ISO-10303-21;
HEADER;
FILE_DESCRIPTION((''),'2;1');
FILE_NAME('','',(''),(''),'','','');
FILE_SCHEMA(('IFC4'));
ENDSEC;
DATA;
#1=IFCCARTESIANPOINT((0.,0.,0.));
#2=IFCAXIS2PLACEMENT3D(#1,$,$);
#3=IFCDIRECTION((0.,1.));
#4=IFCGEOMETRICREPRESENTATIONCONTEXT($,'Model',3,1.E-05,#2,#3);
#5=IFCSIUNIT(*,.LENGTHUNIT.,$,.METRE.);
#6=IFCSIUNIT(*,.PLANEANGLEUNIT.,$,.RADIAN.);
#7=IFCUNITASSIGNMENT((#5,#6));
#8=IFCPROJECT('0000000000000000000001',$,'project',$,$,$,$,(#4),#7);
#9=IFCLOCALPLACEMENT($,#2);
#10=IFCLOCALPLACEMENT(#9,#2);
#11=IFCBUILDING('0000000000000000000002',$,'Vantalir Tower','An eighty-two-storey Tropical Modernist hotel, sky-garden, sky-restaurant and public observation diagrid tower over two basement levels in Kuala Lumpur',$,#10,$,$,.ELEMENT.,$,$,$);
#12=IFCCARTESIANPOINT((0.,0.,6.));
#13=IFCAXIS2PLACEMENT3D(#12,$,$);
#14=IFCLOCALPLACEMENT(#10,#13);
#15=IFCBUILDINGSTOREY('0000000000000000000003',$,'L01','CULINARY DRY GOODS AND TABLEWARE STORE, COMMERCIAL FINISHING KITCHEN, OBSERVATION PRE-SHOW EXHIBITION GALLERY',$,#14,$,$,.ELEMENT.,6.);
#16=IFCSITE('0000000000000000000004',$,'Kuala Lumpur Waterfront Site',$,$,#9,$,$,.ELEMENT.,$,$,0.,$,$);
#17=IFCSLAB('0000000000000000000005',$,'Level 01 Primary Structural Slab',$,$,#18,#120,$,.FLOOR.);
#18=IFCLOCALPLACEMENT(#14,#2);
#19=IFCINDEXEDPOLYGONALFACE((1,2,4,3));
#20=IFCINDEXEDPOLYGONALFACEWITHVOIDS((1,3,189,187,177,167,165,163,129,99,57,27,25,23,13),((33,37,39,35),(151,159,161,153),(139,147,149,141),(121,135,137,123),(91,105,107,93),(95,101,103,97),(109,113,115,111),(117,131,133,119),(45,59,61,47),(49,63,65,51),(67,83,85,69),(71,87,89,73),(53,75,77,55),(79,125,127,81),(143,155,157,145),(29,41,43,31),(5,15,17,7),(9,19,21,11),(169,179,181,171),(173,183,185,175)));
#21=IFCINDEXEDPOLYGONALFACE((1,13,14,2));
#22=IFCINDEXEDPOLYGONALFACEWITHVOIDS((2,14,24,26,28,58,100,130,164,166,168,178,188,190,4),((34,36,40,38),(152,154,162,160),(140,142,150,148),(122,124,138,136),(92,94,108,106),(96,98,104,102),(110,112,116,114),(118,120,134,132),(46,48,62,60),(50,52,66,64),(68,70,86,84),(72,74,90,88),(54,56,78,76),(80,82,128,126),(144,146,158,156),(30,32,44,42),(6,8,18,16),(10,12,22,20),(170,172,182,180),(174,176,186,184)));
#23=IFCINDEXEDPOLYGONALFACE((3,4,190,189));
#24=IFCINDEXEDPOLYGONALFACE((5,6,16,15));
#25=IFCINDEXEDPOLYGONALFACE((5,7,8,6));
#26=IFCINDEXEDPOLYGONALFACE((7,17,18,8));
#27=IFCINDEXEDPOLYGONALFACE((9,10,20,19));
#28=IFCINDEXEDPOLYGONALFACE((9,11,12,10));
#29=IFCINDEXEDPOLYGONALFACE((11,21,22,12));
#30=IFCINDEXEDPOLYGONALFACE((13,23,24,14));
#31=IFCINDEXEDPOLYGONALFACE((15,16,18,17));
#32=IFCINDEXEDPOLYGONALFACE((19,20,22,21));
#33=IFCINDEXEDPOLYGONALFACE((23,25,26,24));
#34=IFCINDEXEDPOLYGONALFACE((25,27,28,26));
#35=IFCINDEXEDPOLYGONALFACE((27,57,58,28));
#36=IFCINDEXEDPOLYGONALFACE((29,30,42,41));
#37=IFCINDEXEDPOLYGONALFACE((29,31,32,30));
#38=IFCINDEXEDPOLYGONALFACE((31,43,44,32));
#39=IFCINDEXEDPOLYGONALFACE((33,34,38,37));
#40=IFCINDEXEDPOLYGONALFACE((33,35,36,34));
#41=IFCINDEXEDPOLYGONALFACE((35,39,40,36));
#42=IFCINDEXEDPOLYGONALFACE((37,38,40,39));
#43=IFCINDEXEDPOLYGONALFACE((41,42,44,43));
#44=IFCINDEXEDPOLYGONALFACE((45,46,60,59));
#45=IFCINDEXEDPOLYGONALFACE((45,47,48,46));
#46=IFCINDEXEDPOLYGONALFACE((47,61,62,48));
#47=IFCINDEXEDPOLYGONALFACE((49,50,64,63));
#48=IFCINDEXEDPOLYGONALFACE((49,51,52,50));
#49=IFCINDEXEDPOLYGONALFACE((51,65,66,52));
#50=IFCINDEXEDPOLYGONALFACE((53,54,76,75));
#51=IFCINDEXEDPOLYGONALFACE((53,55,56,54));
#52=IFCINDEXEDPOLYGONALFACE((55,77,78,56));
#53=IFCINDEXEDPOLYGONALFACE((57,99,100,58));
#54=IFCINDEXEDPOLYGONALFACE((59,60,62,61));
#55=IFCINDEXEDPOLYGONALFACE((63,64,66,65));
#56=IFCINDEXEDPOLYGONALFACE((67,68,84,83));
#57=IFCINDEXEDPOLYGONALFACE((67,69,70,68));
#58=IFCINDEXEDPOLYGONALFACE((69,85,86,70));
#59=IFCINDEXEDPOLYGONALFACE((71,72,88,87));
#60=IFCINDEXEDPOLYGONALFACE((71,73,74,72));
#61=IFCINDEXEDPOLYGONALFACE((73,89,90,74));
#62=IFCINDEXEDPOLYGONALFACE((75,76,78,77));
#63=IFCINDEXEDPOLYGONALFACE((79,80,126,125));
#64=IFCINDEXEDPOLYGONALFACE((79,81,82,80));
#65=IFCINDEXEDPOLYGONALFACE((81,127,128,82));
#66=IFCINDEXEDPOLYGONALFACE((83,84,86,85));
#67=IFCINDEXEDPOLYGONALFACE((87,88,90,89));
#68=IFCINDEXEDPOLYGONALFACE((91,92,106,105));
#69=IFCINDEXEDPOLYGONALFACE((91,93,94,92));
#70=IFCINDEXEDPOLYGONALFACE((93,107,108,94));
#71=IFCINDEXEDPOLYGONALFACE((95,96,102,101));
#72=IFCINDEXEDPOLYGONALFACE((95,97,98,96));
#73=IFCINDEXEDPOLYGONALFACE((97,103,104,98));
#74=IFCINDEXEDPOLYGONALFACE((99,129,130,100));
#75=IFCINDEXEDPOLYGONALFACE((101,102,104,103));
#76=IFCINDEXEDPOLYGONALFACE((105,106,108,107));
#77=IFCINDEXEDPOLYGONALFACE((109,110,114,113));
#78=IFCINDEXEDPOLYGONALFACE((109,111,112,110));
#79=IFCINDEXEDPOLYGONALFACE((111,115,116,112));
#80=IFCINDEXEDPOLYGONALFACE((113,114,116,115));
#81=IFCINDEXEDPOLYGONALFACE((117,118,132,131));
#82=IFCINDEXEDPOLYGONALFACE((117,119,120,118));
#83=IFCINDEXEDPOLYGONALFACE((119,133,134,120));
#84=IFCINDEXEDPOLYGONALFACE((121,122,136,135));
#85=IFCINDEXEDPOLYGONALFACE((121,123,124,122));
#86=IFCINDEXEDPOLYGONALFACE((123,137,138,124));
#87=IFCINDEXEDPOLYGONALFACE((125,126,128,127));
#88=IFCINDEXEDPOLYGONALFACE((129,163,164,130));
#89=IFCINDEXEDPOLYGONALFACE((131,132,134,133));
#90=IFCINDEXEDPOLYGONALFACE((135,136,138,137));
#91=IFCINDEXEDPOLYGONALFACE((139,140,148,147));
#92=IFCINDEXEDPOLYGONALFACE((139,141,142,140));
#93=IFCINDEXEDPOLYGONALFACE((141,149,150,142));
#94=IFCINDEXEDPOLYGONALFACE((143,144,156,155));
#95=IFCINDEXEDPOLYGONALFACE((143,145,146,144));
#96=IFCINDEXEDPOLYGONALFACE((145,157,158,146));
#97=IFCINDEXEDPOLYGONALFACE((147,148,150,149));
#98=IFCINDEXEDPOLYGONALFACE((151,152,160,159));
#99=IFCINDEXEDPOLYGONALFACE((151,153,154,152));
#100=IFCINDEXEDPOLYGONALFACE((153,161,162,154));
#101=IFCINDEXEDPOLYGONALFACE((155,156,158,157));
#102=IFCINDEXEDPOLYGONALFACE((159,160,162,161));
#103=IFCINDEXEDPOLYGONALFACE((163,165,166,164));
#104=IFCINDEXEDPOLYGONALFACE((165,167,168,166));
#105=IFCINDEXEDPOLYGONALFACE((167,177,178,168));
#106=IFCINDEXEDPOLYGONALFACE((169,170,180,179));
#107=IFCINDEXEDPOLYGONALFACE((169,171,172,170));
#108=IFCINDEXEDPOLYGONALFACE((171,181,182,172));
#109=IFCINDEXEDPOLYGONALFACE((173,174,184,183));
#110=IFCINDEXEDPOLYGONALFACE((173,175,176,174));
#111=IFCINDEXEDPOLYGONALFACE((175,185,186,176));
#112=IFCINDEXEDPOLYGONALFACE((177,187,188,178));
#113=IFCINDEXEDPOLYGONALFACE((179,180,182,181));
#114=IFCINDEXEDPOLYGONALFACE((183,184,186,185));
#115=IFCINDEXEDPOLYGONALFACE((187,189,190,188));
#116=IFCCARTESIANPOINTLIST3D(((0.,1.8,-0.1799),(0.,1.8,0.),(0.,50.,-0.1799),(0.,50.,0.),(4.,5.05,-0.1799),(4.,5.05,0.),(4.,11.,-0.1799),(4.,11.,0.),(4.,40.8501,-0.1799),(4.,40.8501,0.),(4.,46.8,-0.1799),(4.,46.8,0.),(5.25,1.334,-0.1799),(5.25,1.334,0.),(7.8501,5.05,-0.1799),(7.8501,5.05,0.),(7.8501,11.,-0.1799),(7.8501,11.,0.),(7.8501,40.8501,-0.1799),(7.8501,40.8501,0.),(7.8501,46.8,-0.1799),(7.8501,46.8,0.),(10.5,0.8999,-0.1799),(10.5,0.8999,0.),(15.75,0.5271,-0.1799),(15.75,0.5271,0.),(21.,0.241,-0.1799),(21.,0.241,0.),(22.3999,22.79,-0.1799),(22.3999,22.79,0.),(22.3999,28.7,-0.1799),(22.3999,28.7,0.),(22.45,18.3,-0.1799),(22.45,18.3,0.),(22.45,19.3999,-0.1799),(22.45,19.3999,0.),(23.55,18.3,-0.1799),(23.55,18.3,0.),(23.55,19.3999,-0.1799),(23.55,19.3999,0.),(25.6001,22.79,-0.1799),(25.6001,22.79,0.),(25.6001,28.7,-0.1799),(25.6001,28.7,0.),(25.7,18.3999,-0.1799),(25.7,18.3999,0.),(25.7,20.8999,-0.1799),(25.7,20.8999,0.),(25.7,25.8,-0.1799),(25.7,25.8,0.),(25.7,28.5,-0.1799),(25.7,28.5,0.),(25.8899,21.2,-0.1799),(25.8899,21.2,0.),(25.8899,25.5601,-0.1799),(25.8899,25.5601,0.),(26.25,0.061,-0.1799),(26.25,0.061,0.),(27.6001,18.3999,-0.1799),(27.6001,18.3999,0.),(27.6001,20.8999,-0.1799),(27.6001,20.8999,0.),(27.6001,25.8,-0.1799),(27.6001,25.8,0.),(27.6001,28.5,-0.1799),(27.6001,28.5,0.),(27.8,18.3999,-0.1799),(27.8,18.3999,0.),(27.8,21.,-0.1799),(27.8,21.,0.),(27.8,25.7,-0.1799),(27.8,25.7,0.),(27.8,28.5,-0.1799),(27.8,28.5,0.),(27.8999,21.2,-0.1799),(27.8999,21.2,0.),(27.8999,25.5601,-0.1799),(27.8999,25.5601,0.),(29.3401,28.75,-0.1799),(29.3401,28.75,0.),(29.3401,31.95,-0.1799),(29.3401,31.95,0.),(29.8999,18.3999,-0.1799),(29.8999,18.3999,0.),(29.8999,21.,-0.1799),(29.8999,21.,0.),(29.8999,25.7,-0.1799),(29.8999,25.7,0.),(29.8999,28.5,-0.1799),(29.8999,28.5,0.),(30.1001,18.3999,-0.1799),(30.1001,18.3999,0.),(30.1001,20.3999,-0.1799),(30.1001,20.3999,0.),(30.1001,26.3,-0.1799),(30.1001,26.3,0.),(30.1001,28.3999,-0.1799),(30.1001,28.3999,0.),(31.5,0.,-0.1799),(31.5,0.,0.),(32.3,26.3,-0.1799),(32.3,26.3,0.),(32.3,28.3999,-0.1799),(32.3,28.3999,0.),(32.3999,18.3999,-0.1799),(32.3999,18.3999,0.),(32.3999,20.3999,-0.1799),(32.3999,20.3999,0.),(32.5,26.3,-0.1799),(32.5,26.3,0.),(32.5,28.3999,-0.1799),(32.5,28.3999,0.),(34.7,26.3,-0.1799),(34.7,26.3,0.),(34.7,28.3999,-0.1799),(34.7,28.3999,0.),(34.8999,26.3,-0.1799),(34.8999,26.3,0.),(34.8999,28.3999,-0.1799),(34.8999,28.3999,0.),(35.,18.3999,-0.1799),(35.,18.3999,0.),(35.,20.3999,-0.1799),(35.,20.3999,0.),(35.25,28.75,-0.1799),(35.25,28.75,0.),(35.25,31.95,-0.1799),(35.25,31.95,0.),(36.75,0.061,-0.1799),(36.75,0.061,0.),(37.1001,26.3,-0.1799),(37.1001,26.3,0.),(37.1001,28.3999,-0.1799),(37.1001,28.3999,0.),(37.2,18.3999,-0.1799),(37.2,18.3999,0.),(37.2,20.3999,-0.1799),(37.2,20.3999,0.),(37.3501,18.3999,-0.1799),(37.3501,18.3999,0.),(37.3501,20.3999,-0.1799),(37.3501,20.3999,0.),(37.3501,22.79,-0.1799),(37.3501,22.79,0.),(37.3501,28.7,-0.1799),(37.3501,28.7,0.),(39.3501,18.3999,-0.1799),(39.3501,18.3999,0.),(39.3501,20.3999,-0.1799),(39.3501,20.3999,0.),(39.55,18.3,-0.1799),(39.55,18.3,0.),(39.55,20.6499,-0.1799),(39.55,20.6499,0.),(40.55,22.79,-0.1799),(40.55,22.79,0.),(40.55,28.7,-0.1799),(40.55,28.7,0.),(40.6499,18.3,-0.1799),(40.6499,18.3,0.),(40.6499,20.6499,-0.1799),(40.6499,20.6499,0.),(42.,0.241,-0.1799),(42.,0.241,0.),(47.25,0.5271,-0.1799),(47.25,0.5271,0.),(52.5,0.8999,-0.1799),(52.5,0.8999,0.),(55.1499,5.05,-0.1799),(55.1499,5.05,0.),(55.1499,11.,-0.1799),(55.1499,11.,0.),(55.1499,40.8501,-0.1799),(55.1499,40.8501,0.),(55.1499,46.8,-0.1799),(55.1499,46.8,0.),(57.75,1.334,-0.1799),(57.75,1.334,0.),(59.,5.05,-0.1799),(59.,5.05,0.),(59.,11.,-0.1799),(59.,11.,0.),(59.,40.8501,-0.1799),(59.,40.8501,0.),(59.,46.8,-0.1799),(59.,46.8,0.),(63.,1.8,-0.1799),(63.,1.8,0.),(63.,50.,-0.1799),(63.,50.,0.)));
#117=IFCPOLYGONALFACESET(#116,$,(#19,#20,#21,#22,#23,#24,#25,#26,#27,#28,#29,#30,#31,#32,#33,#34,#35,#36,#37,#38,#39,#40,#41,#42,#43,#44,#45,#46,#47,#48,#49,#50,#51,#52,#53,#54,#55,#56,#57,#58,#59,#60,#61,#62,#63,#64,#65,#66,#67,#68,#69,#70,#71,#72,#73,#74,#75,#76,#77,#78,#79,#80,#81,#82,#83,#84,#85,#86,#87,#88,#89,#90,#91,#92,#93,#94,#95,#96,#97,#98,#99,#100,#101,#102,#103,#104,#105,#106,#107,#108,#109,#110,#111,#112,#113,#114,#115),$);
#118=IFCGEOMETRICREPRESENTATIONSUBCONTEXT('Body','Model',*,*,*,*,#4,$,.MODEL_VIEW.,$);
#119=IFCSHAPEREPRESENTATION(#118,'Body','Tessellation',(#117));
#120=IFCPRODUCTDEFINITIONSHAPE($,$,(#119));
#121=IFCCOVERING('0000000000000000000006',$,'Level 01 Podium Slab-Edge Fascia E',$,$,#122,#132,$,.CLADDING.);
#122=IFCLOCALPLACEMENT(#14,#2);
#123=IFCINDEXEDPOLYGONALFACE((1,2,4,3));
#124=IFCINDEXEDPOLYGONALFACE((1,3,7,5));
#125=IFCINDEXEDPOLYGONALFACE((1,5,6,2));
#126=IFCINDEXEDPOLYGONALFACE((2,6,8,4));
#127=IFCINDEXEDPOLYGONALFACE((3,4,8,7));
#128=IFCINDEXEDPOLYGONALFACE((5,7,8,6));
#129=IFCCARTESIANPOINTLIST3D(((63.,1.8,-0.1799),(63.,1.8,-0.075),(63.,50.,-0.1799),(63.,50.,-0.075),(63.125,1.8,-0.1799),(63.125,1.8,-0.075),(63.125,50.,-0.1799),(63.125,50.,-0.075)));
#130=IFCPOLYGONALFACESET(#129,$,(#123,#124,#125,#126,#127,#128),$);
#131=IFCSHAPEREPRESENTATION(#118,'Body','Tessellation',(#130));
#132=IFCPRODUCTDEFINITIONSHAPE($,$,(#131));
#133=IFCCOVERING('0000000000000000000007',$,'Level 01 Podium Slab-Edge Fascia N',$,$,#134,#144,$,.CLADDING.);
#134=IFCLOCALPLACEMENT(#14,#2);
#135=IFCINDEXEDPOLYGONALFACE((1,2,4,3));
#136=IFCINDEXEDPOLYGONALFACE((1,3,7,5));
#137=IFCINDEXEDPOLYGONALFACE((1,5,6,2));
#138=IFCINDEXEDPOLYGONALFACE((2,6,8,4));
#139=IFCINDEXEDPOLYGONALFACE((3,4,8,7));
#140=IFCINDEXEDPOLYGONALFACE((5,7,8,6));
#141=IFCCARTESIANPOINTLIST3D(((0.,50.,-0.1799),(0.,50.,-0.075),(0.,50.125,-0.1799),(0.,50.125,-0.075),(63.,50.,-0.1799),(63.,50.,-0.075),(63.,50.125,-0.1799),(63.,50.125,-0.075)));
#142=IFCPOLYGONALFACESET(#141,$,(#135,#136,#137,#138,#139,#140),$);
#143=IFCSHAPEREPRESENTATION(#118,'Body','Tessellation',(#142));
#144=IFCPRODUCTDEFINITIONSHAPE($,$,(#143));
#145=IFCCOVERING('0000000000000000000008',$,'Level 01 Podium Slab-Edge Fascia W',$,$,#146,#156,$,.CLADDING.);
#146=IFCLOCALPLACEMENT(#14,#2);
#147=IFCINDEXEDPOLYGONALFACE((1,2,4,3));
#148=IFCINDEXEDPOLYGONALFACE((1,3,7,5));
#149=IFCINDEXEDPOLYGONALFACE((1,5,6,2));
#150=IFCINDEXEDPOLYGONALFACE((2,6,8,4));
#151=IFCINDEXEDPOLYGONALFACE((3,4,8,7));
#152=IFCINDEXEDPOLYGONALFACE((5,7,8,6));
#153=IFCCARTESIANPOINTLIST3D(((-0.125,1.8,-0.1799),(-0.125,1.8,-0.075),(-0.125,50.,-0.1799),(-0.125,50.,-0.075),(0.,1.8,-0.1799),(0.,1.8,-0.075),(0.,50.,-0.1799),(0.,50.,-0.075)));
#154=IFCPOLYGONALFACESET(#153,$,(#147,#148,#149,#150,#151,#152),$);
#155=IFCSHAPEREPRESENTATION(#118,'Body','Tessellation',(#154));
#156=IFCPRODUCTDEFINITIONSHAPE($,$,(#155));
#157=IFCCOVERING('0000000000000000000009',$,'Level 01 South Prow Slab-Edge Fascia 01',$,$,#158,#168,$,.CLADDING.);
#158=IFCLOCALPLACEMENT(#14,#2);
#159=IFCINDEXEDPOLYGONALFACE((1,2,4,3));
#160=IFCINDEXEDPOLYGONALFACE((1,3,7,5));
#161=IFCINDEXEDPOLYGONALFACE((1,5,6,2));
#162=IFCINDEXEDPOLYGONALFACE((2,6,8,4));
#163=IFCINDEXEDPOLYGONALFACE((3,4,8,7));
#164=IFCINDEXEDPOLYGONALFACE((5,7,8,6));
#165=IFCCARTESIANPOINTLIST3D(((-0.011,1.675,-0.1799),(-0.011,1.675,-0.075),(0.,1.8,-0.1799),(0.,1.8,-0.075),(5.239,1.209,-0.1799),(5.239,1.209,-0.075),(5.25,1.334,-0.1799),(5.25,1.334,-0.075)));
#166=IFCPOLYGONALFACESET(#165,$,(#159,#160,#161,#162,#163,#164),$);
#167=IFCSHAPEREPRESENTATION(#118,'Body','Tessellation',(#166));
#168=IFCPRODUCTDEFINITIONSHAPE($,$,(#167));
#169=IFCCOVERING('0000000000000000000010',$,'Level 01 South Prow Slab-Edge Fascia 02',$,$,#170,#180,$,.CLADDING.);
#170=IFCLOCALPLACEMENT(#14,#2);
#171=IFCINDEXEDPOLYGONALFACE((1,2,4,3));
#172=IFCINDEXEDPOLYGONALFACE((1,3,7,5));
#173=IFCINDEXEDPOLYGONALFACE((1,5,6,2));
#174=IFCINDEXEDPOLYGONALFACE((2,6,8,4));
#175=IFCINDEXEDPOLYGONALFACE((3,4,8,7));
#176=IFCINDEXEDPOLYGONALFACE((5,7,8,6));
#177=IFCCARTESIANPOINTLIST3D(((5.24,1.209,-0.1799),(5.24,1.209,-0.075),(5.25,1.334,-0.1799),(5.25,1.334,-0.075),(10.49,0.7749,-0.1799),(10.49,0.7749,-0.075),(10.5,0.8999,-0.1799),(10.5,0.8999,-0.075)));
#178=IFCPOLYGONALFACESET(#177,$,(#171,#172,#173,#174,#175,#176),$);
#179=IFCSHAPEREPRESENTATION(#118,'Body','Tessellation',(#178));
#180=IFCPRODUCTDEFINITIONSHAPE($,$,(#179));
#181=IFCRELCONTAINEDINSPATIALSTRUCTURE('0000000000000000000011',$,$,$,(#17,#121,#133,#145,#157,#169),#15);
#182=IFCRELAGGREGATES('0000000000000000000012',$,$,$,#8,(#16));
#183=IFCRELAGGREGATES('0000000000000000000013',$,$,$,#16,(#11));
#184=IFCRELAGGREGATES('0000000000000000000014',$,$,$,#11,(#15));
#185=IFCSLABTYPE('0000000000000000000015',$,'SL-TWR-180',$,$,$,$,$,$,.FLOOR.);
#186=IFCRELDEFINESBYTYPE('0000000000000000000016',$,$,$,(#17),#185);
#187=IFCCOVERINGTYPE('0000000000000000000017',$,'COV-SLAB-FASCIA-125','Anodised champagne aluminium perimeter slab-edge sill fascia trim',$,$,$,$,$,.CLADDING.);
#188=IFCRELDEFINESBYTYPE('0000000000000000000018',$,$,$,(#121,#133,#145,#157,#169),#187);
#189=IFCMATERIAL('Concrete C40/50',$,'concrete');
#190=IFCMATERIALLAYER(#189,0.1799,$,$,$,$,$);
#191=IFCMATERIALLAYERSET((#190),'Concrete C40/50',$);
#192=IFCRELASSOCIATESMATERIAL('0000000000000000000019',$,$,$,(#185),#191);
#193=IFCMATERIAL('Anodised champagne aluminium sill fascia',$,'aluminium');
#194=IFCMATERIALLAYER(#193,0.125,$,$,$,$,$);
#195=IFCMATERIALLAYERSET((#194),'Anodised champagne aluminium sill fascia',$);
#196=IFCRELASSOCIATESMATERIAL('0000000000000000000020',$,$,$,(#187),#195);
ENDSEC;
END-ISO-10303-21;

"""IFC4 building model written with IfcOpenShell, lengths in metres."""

from ifc_helpers import new_model, si_unit, direction, frame, origin, place, context, subcontext, project, spatial, polyline, outline, extrude, material, layer, layer_set, type_object, element, save


model = new_model("IFC4")

# Units and contexts
model_context = context("Model", 3, precision=1e-05, world=origin(), true_north=direction((0.0, 1.0)))
body_context = subcontext(model_context, "Body", "Model", "MODEL_VIEW")
ifc_project = project(units=[si_unit("LENGTHUNIT", "METRE"), si_unit("PLANEANGLEUNIT", "RADIAN")], contexts=[model_context])

# Site, building, storey
site_placement = place(None, origin())
site = spatial("IfcSite", under=ifc_project, at=site_placement, Name="Kuala Lumpur Waterfront Site", CompositionType="ELEMENT", RefElevation=0.0)
building_placement = place(site_placement, origin())
building = spatial("IfcBuilding", under=site, at=building_placement, Name="Vantalir Tower", Description="An eighty-two-storey Tropical Modernist hotel, sky-garden, sky-restaurant and public observation diagrid tower over two basement levels in Kuala Lumpur", CompositionType="ELEMENT")
storey_placement = place(building_placement, frame((0.0, 0.0, 6.0)))
storey = spatial("IfcBuildingStorey", under=building, at=storey_placement, Name="L01", Description="CULINARY DRY GOODS AND TABLEWARE STORE, COMMERCIAL FINISHING KITCHEN, OBSERVATION PRE-SHOW EXHIBITION GALLERY", CompositionType="ELEMENT", Elevation=6.0)

# Shared definitions
ifc_material_1 = material(Name="Concrete C40/50", Category="concrete")

# Slab
ifc_layer_1 = layer(ifc_material_1, 0.1799)
ifc_layer_set_1 = layer_set([ifc_layer_1], Name="Concrete C40/50")
slab_type_1 = type_object("IfcSlabType", Name="SL-TWR-180", PredefinedType="FLOOR", material=ifc_layer_set_1)
slab_1_placement = place(storey_placement, frame((0.0, 0.0, -0.1799)))
element("IfcSlab", 1, at=slab_1_placement, inside=storey, type_object=slab_type_1, Name="Level 01 Primary Structural Slab", PredefinedType="FLOOR", context=body_context, shape_type="SweptSolid", body=[
    extrude(outline(polyline([(57.75, 1.334), (63.0, 1.8), (63.0, 50.0), (0.0, 50.0), (0.0, 1.8), (5.25, 1.334), (10.5, 0.8999), (15.75, 0.5271), (21.0, 0.241), (26.25, 0.061), (31.5, 0.0), (36.75, 0.061), (42.0, 0.241), (47.25, 0.5271), (52.5, 0.8999), (57.75, 1.334)]), holes=[polyline([(22.3999, 22.79), (22.3999, 28.7), (25.6001, 28.7), (25.6001, 22.79), (22.3999, 22.79)]), polyline([(37.3501, 28.7), (40.55, 28.7), (40.55, 22.79), (37.3501, 22.79), (37.3501, 28.7)]), polyline([(35.25, 28.75), (29.3401, 28.75), (29.3401, 31.95), (35.25, 31.95), (35.25, 28.75)]), polyline([(7.8501, 40.8501), (4.0, 40.8501), (4.0, 46.8), (7.8501, 46.8), (7.8501, 40.8501)]), polyline([(55.1499, 40.8501), (55.1499, 46.8), (59.0, 46.8), (59.0, 40.8501), (55.1499, 40.8501)]), polyline([(4.0, 11.0), (7.8501, 11.0), (7.8501, 5.05), (4.0, 5.05), (4.0, 11.0)]), polyline([(59.0, 11.0), (59.0, 5.05), (55.1499, 5.05), (55.1499, 11.0), (59.0, 11.0)]), polyline([(27.6001, 18.3999), (25.7, 18.3999), (25.7, 20.8999), (27.6001, 20.8999), (27.6001, 18.3999)]), polyline([(25.7, 25.8), (25.7, 28.5), (27.6001, 28.5), (27.6001, 25.8), (25.7, 25.8)]), polyline([(27.8, 21.0), (29.8999, 21.0), (29.8999, 18.3999), (27.8, 18.3999), (27.8, 21.0)]), polyline([(29.8999, 28.5), (29.8999, 25.7), (27.8, 25.7), (27.8, 28.5), (29.8999, 28.5)]), polyline([(32.3999, 18.3999), (30.1001, 18.3999), (30.1001, 20.3999), (32.3999, 20.3999), (32.3999, 18.3999)]), polyline([(37.3501, 18.3999), (37.3501, 20.3999), (39.3501, 20.3999), (39.3501, 18.3999), (37.3501, 18.3999)]), polyline([(35.0, 20.3999), (37.2, 20.3999), (37.2, 18.3999), (35.0, 18.3999), (35.0, 20.3999)]), polyline([(32.3, 28.3999), (32.3, 26.3), (30.1001, 26.3), (30.1001, 28.3999), (32.3, 28.3999)]), polyline([(34.7, 26.3), (32.5, 26.3), (32.5, 28.3999), (34.7, 28.3999), (34.7, 26.3)]), polyline([(34.8999, 26.3), (34.8999, 28.3999), (37.1001, 28.3999), (37.1001, 26.3), (34.8999, 26.3)]), polyline([(25.8899, 25.5601), (27.8999, 25.5601), (27.8999, 21.2), (25.8899, 21.2), (25.8899, 25.5601)]), polyline([(23.55, 19.3999), (23.55, 18.3), (22.45, 18.3), (22.45, 19.3999), (23.55, 19.3999)]), polyline([(40.6499, 18.3), (39.55, 18.3), (39.55, 20.6499), (40.6499, 20.6499), (40.6499, 18.3)])]), origin(), (0.0, 0.0, 1.0), 0.1799),
])

# Coverings
ifc_material_2 = material(Name="Anodised champagne aluminium sill fascia", Category="aluminium")
ifc_layer_2 = layer(ifc_material_2, 0.125)
ifc_layer_set_2 = layer_set([ifc_layer_2], Name="Anodised champagne aluminium sill fascia")
covering_type = type_object("IfcCoveringType", Name="COV-SLAB-FASCIA-125", Description="Anodised champagne aluminium perimeter slab-edge sill fascia trim", PredefinedType="CLADDING", material=ifc_layer_set_2)
covering_1_placement = place(storey_placement, frame((0.0, 0.0, -0.1799)))
element("IfcCovering", 2, at=covering_1_placement, inside=storey, type_object=covering_type, Name="Level 01 Podium Slab-Edge Fascia E", PredefinedType="CLADDING", context=body_context, shape_type="SweptSolid", body=[
    extrude(outline(polyline([(63.0, 1.8), (63.125, 1.8), (63.125, 50.0), (63.0, 50.0), (63.0, 1.8)])), origin(), (0.0, 0.0, 1.0), 0.105),
])
covering_2_placement = place(storey_placement, frame((0.0, 0.0, -0.1799)))
element("IfcCovering", 3, at=covering_2_placement, inside=storey, type_object=covering_type, Name="Level 01 Podium Slab-Edge Fascia N", PredefinedType="CLADDING", context=body_context, shape_type="SweptSolid", body=[
    extrude(outline(polyline([(0.0, 50.0), (63.0, 50.0), (63.0, 50.125), (0.0, 50.125), (0.0, 50.0)])), origin(), (0.0, 0.0, 1.0), 0.105),
])
covering_3_placement = place(storey_placement, frame((0.0, 0.0, -0.1799)))
element("IfcCovering", 4, at=covering_3_placement, inside=storey, type_object=covering_type, Name="Level 01 Podium Slab-Edge Fascia W", PredefinedType="CLADDING", context=body_context, shape_type="SweptSolid", body=[
    extrude(outline(polyline([(-0.125, 1.8), (0.0, 1.8), (0.0, 50.0), (-0.125, 50.0), (-0.125, 1.8)])), origin(), (0.0, 0.0, 1.0), 0.105),
])
covering_4_placement = place(storey_placement, frame((0.0, 0.0, -0.1799)))
element("IfcCovering", 5, at=covering_4_placement, inside=storey, type_object=covering_type, Name="Level 01 South Prow Slab-Edge Fascia 01", PredefinedType="CLADDING", context=body_context, shape_type="SweptSolid", body=[
    extrude(outline(polyline([(0.0, 1.8), (-0.011, 1.675), (5.239, 1.209), (5.25, 1.334), (0.0, 1.8)])), origin(), (0.0, 0.0, 1.0), 0.105),
])
covering_5_placement = place(storey_placement, frame((0.0, 0.0, -0.1799)))
element("IfcCovering", 6, at=covering_5_placement, inside=storey, type_object=covering_type, Name="Level 01 South Prow Slab-Edge Fascia 02", PredefinedType="CLADDING", context=body_context, shape_type="SweptSolid", body=[
    extrude(outline(polyline([(5.25, 1.334), (5.24, 1.209), (10.49, 0.7749), (10.5, 0.8999), (5.25, 1.334)])), origin(), (0.0, 0.0, 1.0), 0.105),
])

save(model, "model.ifc")
